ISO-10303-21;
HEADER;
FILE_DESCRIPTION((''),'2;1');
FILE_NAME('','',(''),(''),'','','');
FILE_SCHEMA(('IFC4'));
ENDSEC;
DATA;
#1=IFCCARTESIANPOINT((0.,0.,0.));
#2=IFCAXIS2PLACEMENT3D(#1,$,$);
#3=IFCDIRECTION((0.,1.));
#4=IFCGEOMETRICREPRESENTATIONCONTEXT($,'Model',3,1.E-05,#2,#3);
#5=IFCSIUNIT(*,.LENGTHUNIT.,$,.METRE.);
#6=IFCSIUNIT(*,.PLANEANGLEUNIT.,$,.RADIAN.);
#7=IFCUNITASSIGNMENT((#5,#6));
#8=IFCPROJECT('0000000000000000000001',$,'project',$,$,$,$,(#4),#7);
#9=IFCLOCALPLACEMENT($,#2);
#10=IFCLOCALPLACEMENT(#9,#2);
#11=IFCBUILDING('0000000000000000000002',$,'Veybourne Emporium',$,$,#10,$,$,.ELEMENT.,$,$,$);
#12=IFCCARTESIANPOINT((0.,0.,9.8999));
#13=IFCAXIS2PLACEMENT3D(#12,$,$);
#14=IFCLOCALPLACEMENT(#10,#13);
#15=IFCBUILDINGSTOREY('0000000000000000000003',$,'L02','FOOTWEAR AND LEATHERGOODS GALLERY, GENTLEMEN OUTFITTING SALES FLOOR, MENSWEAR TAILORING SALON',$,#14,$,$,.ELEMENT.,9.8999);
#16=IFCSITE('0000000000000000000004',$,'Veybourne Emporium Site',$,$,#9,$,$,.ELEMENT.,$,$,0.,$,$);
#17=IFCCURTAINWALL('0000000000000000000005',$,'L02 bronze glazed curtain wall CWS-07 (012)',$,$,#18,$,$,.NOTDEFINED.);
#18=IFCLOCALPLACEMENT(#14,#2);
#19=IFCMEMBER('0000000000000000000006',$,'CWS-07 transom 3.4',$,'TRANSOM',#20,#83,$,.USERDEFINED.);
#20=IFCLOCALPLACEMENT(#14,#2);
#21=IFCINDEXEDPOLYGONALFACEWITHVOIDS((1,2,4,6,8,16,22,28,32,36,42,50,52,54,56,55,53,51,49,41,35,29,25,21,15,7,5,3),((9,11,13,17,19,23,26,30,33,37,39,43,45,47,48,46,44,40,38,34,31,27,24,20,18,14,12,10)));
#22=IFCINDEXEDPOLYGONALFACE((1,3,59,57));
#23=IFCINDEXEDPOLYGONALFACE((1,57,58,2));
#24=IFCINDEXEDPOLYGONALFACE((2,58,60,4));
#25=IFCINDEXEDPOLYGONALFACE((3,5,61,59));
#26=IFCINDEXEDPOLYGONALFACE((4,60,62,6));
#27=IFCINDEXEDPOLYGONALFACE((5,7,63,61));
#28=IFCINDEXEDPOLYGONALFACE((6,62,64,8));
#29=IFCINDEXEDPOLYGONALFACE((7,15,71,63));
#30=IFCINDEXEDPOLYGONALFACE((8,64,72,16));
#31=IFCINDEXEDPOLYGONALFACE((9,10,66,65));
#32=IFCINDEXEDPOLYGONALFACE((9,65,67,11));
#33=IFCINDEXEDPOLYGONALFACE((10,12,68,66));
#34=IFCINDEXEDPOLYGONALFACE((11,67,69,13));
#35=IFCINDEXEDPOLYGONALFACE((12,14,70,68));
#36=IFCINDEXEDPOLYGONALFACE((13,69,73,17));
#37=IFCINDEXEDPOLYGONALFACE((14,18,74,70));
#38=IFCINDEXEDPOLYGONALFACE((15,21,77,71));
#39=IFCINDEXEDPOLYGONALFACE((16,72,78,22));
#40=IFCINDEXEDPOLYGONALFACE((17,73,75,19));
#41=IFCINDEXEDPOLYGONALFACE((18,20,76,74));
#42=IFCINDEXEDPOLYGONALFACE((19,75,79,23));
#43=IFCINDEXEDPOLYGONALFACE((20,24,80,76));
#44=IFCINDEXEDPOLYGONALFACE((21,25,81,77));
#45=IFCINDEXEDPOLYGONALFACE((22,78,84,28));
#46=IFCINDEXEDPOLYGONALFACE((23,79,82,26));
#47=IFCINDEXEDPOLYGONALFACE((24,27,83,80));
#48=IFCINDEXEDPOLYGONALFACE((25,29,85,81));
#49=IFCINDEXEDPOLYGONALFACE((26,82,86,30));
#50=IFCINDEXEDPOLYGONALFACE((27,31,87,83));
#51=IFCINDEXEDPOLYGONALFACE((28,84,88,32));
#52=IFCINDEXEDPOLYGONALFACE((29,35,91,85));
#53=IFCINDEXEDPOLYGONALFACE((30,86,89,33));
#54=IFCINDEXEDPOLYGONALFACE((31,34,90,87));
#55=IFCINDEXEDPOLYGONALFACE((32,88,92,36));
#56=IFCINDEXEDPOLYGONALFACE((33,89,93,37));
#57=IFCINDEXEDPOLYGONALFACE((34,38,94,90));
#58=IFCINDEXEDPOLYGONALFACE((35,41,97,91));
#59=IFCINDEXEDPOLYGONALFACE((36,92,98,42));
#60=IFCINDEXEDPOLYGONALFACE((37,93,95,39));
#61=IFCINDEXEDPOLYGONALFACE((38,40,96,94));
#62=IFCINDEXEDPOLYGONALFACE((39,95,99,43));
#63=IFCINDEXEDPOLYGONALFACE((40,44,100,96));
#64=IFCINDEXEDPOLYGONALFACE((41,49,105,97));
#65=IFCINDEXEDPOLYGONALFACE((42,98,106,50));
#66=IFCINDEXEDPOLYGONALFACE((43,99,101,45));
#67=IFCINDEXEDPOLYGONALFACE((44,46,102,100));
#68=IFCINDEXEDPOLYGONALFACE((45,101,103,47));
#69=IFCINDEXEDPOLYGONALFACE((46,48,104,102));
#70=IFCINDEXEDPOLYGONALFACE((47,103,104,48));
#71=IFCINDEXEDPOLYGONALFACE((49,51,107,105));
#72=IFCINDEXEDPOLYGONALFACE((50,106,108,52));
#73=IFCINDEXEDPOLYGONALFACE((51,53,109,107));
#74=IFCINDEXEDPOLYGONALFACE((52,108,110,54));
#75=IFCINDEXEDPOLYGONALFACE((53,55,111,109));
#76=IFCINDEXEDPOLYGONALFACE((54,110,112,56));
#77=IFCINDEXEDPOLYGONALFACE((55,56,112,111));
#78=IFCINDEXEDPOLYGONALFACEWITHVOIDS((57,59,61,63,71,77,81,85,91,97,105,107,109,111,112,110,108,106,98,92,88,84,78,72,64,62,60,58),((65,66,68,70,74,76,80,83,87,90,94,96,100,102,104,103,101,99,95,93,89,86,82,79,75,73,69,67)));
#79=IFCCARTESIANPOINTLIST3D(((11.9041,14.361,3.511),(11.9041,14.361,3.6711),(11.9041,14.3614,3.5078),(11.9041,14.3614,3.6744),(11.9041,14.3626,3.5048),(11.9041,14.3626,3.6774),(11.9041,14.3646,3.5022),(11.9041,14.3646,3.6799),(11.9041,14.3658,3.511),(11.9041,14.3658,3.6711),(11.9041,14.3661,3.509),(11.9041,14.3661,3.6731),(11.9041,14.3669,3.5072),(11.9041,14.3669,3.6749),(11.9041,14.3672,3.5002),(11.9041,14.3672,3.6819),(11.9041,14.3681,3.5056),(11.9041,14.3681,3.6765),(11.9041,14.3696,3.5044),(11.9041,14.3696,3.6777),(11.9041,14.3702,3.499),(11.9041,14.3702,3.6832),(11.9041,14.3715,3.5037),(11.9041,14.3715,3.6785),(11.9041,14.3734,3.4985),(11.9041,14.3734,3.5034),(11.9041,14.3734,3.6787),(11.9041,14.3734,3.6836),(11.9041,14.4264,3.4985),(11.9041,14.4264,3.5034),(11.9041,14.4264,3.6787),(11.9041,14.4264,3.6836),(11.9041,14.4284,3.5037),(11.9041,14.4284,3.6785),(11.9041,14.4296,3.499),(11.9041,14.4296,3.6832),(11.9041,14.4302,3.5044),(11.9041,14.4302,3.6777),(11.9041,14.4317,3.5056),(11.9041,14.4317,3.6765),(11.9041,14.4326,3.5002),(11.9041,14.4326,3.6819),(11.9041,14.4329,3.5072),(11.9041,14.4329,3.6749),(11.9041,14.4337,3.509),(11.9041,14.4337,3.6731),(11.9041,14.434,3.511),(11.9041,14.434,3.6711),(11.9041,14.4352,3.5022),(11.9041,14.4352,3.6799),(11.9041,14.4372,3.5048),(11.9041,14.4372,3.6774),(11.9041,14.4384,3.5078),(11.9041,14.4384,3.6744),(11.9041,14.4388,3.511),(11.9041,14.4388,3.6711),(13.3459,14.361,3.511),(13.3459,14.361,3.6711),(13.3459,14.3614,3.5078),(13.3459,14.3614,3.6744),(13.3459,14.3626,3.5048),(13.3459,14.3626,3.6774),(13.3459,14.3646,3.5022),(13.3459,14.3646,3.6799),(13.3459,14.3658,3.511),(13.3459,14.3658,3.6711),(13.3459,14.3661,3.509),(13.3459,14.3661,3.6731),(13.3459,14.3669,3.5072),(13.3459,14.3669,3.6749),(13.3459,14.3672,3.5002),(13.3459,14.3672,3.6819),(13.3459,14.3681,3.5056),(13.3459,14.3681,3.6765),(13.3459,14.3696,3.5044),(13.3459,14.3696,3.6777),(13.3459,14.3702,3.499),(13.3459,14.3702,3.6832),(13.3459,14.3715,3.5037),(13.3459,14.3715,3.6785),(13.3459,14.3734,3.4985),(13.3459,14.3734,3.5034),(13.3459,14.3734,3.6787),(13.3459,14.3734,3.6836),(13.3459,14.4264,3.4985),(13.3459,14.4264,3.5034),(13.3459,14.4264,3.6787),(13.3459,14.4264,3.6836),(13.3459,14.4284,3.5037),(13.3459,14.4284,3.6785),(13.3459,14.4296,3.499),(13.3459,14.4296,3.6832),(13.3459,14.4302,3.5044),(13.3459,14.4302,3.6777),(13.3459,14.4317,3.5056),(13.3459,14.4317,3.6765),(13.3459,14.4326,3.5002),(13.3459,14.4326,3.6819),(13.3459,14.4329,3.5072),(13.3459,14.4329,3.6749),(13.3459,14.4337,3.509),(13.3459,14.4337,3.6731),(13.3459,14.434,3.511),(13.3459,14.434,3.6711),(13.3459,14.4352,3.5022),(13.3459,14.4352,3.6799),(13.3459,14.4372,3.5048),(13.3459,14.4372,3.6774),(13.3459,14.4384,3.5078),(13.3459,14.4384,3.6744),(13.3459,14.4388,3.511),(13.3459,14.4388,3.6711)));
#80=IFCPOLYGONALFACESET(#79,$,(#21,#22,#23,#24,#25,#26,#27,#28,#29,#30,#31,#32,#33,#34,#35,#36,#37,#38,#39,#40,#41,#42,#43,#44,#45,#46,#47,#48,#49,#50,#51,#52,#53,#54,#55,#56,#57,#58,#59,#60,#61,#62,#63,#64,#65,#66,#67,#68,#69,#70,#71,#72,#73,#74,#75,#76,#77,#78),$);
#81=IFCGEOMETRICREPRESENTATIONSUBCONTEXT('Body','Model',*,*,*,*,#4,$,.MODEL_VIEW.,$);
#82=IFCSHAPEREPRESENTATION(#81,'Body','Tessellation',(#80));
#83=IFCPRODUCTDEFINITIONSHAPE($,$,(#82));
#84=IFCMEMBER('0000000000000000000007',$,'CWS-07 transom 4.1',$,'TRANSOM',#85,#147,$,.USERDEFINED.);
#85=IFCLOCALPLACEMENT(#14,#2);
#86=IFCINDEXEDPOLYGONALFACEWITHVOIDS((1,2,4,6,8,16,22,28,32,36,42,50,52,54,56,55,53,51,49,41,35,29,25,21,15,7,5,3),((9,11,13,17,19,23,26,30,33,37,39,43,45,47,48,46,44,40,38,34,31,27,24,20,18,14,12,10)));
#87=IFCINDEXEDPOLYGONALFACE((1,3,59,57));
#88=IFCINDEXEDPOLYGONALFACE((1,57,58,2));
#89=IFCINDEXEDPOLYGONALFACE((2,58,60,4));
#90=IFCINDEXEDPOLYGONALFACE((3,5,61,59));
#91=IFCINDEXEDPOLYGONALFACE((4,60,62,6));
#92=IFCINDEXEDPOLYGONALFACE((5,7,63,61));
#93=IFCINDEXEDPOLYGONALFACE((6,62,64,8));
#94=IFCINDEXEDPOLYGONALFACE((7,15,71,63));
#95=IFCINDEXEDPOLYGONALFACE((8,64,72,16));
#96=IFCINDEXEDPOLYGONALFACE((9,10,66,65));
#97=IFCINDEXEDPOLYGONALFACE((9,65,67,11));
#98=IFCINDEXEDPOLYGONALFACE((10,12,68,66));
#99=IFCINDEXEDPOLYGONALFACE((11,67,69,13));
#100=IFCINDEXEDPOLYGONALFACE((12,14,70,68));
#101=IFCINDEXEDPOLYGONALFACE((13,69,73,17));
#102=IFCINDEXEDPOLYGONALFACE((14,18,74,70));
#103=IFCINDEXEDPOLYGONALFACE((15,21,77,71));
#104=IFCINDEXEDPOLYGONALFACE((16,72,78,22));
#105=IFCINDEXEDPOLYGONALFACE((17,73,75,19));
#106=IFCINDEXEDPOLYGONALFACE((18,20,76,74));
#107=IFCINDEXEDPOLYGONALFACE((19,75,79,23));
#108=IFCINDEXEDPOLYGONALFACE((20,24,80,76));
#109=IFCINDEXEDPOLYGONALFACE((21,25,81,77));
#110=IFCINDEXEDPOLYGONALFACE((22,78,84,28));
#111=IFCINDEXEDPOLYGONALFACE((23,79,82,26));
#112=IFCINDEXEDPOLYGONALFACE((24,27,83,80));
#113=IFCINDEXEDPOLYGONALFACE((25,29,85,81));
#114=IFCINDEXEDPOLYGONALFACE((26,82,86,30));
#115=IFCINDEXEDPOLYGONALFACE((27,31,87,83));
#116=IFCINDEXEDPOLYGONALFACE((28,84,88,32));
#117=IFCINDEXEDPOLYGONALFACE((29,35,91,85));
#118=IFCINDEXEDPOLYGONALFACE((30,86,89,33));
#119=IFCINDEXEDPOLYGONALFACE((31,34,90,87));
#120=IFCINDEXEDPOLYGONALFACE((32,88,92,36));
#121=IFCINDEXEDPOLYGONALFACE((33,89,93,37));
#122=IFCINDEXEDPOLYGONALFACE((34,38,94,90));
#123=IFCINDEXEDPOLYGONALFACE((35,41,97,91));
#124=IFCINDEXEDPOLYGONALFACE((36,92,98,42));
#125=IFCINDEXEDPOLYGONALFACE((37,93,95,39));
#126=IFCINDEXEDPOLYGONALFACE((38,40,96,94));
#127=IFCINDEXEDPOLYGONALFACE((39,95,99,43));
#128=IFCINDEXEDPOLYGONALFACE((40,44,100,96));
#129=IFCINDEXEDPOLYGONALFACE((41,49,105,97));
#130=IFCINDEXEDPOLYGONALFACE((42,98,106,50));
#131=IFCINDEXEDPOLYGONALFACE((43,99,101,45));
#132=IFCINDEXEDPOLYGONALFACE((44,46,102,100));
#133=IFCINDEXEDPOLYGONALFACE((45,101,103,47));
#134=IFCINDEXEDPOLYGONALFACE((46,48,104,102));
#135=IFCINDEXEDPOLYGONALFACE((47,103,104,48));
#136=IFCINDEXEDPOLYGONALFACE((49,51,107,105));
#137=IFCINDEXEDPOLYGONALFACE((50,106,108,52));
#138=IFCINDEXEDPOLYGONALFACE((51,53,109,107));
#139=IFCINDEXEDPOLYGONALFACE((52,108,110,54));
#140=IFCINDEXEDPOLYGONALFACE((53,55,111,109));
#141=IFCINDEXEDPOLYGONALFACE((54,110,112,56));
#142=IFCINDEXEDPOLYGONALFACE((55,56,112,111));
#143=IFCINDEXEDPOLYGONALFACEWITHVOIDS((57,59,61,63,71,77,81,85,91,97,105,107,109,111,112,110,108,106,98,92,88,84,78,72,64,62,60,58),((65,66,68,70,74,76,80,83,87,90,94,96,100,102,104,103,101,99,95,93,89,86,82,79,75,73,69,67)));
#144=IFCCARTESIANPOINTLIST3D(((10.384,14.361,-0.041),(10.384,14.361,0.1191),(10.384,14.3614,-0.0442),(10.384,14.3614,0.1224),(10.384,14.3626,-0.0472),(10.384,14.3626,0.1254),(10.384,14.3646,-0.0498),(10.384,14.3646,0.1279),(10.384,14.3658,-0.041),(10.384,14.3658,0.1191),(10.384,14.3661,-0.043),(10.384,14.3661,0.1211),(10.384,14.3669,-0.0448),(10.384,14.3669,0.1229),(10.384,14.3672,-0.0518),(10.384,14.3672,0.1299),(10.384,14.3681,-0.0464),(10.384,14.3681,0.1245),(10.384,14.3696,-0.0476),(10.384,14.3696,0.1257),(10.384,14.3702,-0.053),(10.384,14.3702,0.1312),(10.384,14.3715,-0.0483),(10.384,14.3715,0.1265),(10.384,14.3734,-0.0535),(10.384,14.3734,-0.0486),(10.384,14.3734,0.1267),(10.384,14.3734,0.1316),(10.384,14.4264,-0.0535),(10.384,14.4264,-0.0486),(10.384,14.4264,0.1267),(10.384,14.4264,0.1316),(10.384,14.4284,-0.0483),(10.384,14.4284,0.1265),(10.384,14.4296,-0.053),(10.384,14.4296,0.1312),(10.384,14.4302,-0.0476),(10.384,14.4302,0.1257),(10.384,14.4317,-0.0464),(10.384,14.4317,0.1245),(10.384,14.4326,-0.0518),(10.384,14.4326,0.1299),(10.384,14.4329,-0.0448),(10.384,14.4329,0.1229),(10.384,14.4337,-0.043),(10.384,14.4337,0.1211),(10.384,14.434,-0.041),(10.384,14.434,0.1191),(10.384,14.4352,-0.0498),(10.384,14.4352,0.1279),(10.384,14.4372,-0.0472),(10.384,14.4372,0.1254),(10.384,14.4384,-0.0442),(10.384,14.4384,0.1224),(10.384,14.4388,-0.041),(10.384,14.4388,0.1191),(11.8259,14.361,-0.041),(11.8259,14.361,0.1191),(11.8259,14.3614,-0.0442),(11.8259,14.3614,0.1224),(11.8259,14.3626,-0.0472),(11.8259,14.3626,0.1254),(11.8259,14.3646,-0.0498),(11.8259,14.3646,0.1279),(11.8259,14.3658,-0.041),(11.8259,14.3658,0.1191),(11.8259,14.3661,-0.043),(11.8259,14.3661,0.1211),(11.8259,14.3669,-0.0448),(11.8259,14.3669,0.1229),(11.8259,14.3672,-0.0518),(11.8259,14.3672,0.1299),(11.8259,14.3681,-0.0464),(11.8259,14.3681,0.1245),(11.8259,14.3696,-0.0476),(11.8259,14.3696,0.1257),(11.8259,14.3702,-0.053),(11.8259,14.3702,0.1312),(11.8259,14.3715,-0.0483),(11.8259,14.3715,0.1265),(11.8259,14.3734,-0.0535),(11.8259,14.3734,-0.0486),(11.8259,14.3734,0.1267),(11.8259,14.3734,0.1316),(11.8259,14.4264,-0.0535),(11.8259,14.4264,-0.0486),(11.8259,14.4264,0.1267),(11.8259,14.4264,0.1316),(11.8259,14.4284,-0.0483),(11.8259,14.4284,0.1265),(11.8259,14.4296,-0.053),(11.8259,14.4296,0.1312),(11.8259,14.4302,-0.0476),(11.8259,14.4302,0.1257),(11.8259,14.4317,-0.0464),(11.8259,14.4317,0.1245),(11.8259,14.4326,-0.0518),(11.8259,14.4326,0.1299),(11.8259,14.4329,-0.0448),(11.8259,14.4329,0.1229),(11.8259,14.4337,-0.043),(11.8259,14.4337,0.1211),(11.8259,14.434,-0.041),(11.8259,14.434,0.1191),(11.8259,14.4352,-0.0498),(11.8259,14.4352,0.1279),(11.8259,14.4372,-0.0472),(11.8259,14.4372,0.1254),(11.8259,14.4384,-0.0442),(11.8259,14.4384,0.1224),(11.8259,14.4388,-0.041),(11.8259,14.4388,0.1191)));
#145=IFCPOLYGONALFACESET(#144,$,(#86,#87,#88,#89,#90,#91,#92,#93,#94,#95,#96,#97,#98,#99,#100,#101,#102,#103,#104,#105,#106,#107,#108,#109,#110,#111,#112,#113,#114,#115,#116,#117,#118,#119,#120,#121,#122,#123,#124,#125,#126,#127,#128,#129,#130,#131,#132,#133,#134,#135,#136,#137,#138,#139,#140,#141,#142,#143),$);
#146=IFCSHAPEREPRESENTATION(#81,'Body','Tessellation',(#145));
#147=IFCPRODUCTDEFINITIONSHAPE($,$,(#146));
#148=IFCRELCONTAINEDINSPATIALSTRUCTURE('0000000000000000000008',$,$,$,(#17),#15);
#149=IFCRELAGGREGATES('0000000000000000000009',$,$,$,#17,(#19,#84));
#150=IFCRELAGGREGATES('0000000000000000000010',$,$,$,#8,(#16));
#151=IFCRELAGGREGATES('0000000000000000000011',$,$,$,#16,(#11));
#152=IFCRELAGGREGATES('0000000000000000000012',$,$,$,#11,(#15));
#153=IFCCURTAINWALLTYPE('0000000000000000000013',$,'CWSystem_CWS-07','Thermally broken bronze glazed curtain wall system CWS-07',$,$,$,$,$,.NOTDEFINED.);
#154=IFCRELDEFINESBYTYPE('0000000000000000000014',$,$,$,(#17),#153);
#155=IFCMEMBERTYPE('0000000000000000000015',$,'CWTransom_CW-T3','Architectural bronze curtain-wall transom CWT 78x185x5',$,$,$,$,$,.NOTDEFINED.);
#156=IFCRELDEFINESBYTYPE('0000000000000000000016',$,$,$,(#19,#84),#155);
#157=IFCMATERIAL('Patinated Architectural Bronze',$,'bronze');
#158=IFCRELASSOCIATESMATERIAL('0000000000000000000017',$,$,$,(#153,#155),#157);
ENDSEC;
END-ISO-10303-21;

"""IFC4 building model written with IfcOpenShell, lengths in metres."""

from ifc_helpers import new_model, si_unit, direction, frame, origin, origin_2d, place, context, subcontext, project, spatial, hollow_rectangle, extrude, material, material_profile, profile_set, type_object, element, aggregate, save


model = new_model("IFC4")

# Units and contexts
model_context = context("Model", 3, precision=1e-05, world=origin(), true_north=direction((0.0, 1.0)))
body_context = subcontext(model_context, "Body", "Model", "MODEL_VIEW")
ifc_project = project(units=[si_unit("LENGTHUNIT", "METRE"), si_unit("PLANEANGLEUNIT", "RADIAN")], contexts=[model_context])

# Site, building, storey
site_placement = place(None, origin())
site = spatial("IfcSite", under=ifc_project, at=site_placement, Name="Veybourne Emporium Site", CompositionType="ELEMENT", RefElevation=0.0)
building_placement = place(site_placement, origin())
building = spatial("IfcBuilding", under=site, at=building_placement, Name="Veybourne Emporium", CompositionType="ELEMENT")
storey_placement = place(building_placement, frame((0.0, 0.0, 9.8999)))
storey = spatial("IfcBuildingStorey", under=building, at=storey_placement, Name="L02", Description="FOOTWEAR AND LEATHERGOODS GALLERY, GENTLEMEN OUTFITTING SALES FLOOR, MENSWEAR TAILORING SALON", CompositionType="ELEMENT", Elevation=9.8999)

# Curtain wall, members
ifc_material_1 = material(Name="Patinated Architectural Bronze", Category="bronze")
curtain_wall_type = type_object("IfcCurtainWallType", Name="CWSystem_CWS-07", Description="Thermally broken bronze glazed curtain wall system CWS-07", PredefinedType="NOTDEFINED", material=ifc_material_1)
curtain_wall_placement = place(storey_placement, origin())
curtain_wall = element("IfcCurtainWall", 1, at=curtain_wall_placement, inside=storey, type_object=curtain_wall_type, Name="L02 bronze glazed curtain wall CWS-07 (012)", PredefinedType="NOTDEFINED")
ifc_material_profile_1 = material_profile(ifc_material_1, hollow_rectangle(XDim=0.0779, YDim=0.1851, WallThickness=0.0049, InnerFilletRadius=0.0076, OuterFilletRadius=0.0125, at=origin_2d()), Name="CWT 78x185x5")
ifc_profile_set_1 = profile_set([ifc_material_profile_1], Name="Patinated Architectural Bronze")
member_type_1 = type_object("IfcMemberType", Name="CWTransom_CW-T3", Description="Architectural bronze curtain-wall transom CWT 78x185x5", PredefinedType="NOTDEFINED", material=ifc_profile_set_1)
member_1_placement = place(storey_placement, frame((13.3459, 14.3999, 3.5911), z_axis=(-1.0, 0.0, 0.0), x_axis=(0.0, -1.0, 0.0)))
member_1 = element("IfcMember", 2, at=member_1_placement, type_object=member_type_1, Name="CWS-07 transom 3.4", ObjectType="TRANSOM", PredefinedType="USERDEFINED", context=body_context, shape_type="SweptSolid", body=[
    extrude(hollow_rectangle(XDim=0.0779, YDim=0.1851, WallThickness=0.0049, InnerFilletRadius=0.0076, OuterFilletRadius=0.0125, at=origin_2d()), origin(), (0.0, 0.0, 1.0), 1.4419),
])
member_2_placement = place(storey_placement, frame((11.8259, 14.3999, 0.0391), z_axis=(-1.0, 0.0, 0.0), x_axis=(0.0, -1.0, 0.0)))
member_2 = element("IfcMember", 3, at=member_2_placement, type_object=member_type_1, Name="CWS-07 transom 4.1", ObjectType="TRANSOM", PredefinedType="USERDEFINED", context=body_context, shape_type="SweptSolid", body=[
    extrude(hollow_rectangle(XDim=0.0779, YDim=0.1851, WallThickness=0.0049, InnerFilletRadius=0.0076, OuterFilletRadius=0.0125, at=origin_2d()), origin(), (0.0, 0.0, 1.0), 1.4419),
])

aggregate(curtain_wall, [member_1, member_2])

save(model, "model.ifc")
